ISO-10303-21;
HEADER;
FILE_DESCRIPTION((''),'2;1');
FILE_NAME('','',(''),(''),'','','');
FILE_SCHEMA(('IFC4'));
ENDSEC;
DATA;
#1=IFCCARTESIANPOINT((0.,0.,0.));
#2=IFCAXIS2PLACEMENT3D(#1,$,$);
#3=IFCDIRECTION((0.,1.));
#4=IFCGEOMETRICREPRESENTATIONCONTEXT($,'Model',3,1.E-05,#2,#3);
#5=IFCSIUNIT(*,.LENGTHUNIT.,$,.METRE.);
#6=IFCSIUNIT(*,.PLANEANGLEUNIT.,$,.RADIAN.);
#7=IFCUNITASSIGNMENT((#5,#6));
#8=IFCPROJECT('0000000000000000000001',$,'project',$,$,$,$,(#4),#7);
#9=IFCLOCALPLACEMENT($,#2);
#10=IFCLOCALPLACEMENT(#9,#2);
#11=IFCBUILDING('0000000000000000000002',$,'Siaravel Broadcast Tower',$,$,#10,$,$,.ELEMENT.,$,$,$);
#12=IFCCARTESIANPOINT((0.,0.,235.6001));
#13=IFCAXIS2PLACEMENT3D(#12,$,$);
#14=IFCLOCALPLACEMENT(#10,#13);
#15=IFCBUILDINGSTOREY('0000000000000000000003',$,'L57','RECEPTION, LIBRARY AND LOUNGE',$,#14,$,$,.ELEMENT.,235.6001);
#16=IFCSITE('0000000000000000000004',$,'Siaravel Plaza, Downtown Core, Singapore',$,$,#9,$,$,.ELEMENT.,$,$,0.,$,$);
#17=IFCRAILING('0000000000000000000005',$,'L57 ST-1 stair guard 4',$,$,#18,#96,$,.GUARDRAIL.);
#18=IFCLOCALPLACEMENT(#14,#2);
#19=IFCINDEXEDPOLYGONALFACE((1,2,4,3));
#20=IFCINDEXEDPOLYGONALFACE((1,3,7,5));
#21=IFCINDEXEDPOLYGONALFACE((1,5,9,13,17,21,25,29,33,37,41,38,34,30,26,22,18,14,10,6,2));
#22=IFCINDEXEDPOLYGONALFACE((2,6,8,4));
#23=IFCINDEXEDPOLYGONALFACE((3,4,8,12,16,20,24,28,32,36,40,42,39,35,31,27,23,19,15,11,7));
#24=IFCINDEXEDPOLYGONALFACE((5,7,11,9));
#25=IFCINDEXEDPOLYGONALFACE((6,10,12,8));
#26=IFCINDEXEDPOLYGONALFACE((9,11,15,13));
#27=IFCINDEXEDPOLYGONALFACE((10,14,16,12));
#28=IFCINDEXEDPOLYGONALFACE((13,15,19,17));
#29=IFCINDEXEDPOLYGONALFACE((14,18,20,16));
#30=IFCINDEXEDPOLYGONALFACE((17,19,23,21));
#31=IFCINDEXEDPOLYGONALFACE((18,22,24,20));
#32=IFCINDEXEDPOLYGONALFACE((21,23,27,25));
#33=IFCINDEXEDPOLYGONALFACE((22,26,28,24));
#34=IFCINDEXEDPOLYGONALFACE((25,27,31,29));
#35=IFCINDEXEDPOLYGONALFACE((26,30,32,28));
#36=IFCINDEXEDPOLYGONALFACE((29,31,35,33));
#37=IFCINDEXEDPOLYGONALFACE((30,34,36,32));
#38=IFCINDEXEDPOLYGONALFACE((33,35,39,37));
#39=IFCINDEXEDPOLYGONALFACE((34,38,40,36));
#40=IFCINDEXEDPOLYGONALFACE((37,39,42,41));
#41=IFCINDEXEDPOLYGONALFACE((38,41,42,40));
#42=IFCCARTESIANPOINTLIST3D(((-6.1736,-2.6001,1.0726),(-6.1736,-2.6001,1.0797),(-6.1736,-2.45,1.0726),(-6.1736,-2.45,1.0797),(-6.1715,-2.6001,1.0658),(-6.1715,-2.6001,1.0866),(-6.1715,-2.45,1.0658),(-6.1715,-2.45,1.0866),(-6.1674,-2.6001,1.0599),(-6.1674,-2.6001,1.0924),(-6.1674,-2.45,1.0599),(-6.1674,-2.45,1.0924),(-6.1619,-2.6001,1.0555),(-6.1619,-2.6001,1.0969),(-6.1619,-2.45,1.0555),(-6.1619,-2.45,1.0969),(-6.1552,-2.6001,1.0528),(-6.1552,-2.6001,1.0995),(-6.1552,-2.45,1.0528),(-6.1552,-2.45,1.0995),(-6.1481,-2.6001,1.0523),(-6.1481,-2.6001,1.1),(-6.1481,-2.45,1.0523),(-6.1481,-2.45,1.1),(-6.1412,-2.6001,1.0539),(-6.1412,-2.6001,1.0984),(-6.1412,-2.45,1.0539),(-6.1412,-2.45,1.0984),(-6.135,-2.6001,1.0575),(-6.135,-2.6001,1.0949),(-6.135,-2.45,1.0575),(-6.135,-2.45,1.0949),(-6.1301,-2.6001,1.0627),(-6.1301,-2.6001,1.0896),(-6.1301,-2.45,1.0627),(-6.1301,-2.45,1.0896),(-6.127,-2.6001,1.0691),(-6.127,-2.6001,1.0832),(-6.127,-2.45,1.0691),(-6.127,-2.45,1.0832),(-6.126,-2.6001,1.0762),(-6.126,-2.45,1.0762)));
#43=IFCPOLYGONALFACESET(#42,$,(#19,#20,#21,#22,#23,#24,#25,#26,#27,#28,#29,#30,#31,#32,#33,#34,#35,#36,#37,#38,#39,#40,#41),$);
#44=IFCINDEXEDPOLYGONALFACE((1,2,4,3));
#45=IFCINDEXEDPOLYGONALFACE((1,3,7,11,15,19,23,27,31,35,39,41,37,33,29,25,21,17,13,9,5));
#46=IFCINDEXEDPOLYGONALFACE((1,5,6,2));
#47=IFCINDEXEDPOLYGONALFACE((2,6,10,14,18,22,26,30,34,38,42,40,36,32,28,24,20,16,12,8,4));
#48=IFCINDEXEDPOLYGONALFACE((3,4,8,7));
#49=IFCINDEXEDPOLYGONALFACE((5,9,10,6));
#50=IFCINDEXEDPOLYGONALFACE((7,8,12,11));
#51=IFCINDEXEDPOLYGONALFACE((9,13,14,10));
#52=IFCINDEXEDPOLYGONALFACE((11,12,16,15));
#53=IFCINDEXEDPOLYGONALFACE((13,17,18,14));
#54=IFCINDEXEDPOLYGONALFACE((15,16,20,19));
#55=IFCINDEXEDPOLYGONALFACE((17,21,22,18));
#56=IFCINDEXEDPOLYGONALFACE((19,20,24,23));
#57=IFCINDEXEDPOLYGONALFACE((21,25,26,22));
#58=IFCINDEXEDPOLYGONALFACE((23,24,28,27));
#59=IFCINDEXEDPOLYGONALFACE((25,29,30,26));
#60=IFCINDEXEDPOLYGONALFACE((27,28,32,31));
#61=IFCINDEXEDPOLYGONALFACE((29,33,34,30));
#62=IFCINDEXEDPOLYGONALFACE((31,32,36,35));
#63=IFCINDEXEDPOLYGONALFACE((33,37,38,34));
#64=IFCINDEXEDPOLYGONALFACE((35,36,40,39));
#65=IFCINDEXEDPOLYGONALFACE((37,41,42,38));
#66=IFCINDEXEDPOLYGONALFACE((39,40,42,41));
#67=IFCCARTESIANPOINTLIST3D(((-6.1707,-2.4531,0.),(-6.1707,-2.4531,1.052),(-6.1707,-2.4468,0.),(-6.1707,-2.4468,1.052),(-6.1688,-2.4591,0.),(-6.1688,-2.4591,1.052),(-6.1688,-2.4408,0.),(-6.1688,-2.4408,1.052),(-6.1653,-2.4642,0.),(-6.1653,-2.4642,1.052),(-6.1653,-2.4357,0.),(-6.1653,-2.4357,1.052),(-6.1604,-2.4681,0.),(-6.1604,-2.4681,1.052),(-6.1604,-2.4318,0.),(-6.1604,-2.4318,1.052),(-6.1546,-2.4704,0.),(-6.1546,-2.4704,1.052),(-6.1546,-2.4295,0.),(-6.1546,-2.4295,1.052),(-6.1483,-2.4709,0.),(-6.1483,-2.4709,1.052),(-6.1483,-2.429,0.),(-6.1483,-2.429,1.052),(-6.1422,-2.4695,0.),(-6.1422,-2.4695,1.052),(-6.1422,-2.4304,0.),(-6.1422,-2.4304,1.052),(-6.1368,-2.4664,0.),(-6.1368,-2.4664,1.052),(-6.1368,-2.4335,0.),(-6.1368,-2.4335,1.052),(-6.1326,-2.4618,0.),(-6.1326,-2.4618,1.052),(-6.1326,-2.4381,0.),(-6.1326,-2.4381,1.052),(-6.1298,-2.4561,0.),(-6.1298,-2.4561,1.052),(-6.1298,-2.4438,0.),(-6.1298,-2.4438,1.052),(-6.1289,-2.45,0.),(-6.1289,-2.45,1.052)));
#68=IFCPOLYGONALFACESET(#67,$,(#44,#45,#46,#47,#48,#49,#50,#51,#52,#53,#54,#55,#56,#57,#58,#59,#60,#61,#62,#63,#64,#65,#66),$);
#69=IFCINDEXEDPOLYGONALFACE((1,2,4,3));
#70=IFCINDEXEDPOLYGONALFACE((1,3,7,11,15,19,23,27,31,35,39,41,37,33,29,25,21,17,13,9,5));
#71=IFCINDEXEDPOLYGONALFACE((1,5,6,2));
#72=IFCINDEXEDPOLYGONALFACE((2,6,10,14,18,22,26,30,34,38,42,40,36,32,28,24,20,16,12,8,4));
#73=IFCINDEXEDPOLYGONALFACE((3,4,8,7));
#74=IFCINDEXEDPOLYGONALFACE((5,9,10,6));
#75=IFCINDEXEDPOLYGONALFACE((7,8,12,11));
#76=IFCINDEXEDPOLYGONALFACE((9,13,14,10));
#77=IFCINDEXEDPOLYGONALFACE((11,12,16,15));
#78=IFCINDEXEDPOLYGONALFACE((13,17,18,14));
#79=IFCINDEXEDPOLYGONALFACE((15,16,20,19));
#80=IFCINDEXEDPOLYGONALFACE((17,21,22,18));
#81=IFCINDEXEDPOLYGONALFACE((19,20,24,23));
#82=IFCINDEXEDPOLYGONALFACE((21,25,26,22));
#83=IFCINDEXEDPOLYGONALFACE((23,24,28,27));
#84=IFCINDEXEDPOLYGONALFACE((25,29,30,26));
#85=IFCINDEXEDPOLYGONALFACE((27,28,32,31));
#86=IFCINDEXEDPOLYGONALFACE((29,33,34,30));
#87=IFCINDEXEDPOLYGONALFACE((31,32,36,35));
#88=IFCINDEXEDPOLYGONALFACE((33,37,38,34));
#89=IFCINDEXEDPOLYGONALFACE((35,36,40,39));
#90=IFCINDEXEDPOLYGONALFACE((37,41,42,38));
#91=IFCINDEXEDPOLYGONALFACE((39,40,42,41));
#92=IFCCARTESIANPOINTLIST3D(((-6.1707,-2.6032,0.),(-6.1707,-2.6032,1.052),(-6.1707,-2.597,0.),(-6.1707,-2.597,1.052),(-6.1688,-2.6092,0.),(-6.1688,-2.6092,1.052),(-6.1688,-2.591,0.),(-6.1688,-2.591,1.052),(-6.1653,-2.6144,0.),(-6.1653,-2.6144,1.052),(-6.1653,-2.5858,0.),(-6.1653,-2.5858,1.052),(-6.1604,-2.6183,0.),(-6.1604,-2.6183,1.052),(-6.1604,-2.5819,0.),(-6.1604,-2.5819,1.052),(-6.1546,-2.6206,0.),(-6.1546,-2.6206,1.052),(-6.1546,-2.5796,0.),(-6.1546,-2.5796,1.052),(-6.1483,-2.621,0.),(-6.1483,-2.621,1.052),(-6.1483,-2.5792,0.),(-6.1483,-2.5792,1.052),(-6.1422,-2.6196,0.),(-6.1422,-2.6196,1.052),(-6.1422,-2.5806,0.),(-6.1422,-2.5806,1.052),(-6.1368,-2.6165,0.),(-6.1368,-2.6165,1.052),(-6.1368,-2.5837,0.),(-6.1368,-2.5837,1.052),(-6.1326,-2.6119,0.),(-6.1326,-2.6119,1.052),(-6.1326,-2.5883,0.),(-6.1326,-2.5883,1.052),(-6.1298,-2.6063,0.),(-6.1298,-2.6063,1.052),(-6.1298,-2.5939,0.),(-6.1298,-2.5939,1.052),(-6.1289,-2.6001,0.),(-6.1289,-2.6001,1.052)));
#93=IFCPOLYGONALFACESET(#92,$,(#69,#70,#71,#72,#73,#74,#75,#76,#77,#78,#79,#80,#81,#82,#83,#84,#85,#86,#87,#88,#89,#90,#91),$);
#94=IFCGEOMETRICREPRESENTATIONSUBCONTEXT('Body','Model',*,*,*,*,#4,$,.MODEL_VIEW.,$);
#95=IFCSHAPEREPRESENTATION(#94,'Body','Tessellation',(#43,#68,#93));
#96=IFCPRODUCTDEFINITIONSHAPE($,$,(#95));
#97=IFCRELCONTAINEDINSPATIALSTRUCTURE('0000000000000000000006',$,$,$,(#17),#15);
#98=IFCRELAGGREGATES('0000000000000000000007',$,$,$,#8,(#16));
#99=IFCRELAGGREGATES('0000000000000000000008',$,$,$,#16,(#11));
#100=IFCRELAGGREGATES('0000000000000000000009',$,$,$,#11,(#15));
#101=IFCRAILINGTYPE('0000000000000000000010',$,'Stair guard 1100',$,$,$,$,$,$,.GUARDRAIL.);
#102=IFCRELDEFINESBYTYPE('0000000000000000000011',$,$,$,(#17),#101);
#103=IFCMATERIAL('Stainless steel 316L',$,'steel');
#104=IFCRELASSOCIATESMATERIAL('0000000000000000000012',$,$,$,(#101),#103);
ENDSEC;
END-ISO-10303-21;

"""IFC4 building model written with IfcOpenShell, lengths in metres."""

from ifc_helpers import new_model, si_unit, direction, frame, origin, origin_2d, place, context, subcontext, project, spatial, circle, extrude, material, type_object, element, save


model = new_model("IFC4")

# Units and contexts
model_context = context("Model", 3, precision=1e-05, world=origin(), true_north=direction((0.0, 1.0)))
body_context = subcontext(model_context, "Body", "Model", "MODEL_VIEW")
ifc_project = project(units=[si_unit("LENGTHUNIT", "METRE"), si_unit("PLANEANGLEUNIT", "RADIAN")], contexts=[model_context])

# Site, building, storey
site_placement = place(None, origin())
site = spatial("IfcSite", under=ifc_project, at=site_placement, Name="Siaravel Plaza, Downtown Core, Singapore", CompositionType="ELEMENT", RefElevation=0.0)
building_placement = place(site_placement, origin())
building = spatial("IfcBuilding", under=site, at=building_placement, Name="Siaravel Broadcast Tower", CompositionType="ELEMENT")
storey_placement = place(building_placement, frame((0.0, 0.0, 235.6001)))
storey = spatial("IfcBuildingStorey", under=building, at=storey_placement, Name="L57", Description="RECEPTION, LIBRARY AND LOUNGE", CompositionType="ELEMENT", Elevation=235.6001)

# Shared definitions
ifc_material_1 = material(Name="Stainless steel 316L", Category="steel")

# Railing
railing_type_1 = type_object("IfcRailingType", Name="Stair guard 1100", PredefinedType="GUARDRAIL", material=ifc_material_1)
railing_1_placement = place(storey_placement, frame((-6.1499, -2.45, 0.0)))
element("IfcRailing", 1, at=railing_1_placement, inside=storey, type_object=railing_type_1, Name="L57 ST-1 stair guard 4", PredefinedType="GUARDRAIL", context=body_context, shape_type="SweptSolid", body=[
    extrude(circle(Radius=0.0239, at=origin_2d()), frame((0.0, 0.0, 1.0762), z_axis=(0.0, -1.0, 0.0), x_axis=(1.0, 0.0, 0.0)), (0.0, 0.0, 1.0), 0.1501),
    extrude(circle(Radius=0.021, at=origin_2d()), origin(), (0.0, 0.0, 1.0), 1.052),
    extrude(circle(Radius=0.021, at=origin_2d()), frame((0.0, -0.1501, 0.0)), (0.0, 0.0, 1.0), 1.052),
])

save(model, "model.ifc")
